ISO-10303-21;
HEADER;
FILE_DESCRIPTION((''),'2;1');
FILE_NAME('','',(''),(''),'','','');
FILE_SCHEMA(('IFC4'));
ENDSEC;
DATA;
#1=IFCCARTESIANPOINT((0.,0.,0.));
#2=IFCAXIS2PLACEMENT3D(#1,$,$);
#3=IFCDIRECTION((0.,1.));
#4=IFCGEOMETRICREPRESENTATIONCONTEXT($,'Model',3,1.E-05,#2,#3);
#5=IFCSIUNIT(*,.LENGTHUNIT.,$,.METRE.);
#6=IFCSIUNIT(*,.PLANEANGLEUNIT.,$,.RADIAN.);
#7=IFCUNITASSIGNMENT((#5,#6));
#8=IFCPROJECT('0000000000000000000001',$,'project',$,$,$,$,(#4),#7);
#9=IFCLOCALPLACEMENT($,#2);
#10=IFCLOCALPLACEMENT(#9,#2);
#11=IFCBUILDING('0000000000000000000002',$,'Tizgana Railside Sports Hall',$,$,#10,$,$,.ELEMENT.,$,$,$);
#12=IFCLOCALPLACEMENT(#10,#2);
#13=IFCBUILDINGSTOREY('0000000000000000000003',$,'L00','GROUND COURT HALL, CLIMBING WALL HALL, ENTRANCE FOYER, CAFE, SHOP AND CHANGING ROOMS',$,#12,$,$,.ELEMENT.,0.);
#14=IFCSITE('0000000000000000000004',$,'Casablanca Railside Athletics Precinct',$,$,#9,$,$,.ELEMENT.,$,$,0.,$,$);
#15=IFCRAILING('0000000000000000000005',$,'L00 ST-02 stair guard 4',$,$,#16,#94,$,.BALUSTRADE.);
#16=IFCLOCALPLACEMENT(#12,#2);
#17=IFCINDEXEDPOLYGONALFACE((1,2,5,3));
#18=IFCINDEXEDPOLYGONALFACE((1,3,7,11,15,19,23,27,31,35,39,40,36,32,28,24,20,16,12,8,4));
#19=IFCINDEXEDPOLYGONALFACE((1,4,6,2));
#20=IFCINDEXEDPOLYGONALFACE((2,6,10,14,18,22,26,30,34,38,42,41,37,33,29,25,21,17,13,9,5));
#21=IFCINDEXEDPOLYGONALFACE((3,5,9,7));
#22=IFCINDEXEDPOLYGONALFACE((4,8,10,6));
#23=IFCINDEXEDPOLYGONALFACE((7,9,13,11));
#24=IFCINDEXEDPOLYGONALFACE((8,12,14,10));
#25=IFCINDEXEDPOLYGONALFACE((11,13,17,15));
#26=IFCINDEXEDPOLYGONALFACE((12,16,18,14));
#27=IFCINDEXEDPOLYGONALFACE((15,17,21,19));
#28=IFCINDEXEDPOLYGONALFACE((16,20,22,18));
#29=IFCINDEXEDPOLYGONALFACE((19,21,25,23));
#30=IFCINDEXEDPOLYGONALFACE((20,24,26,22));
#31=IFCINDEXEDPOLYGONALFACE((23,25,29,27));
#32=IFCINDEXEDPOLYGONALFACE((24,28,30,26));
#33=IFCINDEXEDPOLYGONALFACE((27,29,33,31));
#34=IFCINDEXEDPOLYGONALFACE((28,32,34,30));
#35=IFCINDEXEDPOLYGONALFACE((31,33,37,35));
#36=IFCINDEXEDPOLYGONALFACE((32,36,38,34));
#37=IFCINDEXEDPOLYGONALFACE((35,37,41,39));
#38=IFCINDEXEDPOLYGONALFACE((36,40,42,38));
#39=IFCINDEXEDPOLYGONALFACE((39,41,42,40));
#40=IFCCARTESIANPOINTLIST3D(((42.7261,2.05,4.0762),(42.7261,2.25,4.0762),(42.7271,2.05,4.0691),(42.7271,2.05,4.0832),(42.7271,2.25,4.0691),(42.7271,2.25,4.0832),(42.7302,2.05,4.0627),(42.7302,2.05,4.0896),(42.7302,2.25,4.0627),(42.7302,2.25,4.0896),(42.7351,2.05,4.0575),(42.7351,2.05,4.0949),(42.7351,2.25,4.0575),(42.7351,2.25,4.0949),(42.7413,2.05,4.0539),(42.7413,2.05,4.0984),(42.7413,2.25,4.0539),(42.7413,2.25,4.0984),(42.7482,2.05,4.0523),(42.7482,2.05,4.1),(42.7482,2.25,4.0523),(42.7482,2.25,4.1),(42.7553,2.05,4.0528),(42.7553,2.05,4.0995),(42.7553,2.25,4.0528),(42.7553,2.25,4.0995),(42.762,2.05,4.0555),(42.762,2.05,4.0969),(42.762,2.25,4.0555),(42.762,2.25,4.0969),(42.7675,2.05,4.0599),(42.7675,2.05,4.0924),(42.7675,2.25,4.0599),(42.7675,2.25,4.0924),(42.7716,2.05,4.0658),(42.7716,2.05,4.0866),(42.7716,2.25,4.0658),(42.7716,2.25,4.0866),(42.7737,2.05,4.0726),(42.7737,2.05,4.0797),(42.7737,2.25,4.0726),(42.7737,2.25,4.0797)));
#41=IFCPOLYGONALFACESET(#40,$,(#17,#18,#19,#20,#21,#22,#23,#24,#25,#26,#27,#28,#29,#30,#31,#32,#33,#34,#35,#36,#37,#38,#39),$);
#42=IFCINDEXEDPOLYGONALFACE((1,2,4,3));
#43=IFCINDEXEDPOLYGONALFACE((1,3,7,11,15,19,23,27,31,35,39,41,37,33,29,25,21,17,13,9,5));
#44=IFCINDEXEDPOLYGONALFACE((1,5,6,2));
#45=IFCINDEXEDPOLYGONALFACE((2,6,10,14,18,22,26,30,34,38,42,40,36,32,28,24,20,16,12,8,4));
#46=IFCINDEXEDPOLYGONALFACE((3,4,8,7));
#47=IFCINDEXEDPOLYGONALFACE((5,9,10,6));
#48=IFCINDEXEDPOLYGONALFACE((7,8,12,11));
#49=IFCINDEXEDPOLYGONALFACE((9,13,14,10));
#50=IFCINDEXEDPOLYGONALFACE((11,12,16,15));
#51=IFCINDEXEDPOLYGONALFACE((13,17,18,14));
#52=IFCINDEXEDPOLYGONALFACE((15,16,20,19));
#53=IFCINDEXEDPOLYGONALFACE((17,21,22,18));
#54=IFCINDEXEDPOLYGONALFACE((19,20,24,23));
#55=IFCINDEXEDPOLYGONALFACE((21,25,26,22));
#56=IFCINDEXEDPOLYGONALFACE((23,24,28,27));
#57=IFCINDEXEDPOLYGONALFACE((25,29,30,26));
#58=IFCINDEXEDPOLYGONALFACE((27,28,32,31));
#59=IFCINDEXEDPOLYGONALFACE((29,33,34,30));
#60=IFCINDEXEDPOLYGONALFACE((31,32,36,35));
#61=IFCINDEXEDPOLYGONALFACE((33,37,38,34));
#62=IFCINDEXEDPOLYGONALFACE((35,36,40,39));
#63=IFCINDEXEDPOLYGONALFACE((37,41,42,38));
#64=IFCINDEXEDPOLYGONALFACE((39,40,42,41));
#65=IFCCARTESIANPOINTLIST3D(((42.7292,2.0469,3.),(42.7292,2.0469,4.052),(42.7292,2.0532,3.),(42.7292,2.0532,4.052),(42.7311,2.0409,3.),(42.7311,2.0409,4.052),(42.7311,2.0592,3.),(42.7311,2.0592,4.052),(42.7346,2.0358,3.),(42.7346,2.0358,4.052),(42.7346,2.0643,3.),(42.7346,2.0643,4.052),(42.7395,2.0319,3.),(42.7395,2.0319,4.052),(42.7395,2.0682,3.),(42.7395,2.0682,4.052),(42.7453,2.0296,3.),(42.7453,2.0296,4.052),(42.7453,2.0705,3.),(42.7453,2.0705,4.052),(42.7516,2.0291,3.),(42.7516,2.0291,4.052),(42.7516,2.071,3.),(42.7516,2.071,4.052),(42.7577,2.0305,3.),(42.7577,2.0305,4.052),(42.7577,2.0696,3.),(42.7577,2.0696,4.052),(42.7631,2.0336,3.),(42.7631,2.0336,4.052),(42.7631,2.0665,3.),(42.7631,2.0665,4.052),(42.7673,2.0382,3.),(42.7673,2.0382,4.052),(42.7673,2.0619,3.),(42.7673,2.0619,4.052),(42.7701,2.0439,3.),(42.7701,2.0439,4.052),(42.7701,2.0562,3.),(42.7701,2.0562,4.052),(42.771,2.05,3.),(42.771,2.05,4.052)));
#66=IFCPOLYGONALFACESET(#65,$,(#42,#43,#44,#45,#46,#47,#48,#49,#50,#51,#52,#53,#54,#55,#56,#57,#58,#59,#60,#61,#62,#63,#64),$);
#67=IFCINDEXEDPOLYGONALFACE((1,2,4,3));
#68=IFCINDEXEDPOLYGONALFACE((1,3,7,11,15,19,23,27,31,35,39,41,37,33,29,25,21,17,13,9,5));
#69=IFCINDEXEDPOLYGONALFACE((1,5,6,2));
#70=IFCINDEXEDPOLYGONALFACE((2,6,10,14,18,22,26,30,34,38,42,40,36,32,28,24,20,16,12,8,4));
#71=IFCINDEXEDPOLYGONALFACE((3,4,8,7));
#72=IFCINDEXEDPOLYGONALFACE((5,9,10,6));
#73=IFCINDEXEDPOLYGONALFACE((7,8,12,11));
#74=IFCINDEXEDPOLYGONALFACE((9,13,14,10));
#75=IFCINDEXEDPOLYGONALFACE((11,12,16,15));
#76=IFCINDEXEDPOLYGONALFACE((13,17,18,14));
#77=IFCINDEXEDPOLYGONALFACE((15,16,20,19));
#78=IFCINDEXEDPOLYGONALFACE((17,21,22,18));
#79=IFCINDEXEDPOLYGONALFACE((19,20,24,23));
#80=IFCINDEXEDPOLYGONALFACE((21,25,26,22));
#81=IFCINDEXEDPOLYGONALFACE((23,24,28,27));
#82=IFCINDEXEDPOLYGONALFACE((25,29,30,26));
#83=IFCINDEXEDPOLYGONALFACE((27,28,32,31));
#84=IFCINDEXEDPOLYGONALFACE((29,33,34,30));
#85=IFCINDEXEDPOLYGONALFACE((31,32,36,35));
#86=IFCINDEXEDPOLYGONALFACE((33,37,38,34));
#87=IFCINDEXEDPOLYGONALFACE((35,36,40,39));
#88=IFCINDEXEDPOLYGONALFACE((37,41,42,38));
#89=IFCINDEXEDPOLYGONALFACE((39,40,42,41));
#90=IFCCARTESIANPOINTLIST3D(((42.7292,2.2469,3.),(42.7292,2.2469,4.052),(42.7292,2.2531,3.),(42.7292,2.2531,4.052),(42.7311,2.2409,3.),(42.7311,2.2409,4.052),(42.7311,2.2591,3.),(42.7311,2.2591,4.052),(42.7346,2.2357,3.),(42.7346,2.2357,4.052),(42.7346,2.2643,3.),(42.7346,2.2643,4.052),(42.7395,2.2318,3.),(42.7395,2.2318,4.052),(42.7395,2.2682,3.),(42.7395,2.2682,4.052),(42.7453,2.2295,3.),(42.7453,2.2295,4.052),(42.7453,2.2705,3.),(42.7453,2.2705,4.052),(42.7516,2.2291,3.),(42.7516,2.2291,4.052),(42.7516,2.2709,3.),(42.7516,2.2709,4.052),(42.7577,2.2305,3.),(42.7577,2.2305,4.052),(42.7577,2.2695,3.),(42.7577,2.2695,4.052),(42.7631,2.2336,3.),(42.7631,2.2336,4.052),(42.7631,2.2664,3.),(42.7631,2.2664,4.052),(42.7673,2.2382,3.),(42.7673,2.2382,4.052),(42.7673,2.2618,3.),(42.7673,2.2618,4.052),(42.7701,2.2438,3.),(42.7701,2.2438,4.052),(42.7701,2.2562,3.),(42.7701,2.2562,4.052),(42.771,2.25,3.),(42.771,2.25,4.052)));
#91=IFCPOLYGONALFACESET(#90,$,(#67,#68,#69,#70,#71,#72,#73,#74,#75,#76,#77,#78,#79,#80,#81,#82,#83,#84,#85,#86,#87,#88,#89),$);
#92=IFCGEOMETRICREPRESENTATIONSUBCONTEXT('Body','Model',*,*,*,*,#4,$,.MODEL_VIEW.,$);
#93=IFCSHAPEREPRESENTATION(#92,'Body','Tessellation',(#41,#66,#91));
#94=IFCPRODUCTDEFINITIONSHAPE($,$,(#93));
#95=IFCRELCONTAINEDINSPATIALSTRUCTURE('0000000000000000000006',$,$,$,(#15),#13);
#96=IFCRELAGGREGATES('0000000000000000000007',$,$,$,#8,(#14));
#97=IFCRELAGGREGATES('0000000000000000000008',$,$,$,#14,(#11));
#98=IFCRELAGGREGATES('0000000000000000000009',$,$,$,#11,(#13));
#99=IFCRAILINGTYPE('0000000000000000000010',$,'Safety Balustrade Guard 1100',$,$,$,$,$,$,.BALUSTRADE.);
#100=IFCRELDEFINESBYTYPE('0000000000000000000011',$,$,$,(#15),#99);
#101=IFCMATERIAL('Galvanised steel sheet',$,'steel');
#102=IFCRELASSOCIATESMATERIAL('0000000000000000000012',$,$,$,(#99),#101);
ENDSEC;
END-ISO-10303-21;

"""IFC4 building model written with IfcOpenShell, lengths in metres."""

from ifc_helpers import new_model, si_unit, direction, frame, origin, origin_2d, place, context, subcontext, project, spatial, circle, extrude, material, type_object, element, save


model = new_model("IFC4")

# Units and contexts
model_context = context("Model", 3, precision=1e-05, world=origin(), true_north=direction((0.0, 1.0)))
body_context = subcontext(model_context, "Body", "Model", "MODEL_VIEW")
ifc_project = project(units=[si_unit("LENGTHUNIT", "METRE"), si_unit("PLANEANGLEUNIT", "RADIAN")], contexts=[model_context])

# Site, building, storey
site_placement = place(None, origin())
site = spatial("IfcSite", under=ifc_project, at=site_placement, Name="Casablanca Railside Athletics Precinct", CompositionType="ELEMENT", RefElevation=0.0)
building_placement = place(site_placement, origin())
building = spatial("IfcBuilding", under=site, at=building_placement, Name="Tizgana Railside Sports Hall", CompositionType="ELEMENT")
storey_placement = place(building_placement, origin())
storey = spatial("IfcBuildingStorey", under=building, at=storey_placement, Name="L00", Description="GROUND COURT HALL, CLIMBING WALL HALL, ENTRANCE FOYER, CAFE, SHOP AND CHANGING ROOMS", CompositionType="ELEMENT", Elevation=0.0)

# Railing
ifc_material_1 = material(Name="Galvanised steel sheet", Category="steel")
railing_type_1 = type_object("IfcRailingType", Name="Safety Balustrade Guard 1100", PredefinedType="BALUSTRADE", material=ifc_material_1)
railing_1_placement = place(storey_placement, frame((42.75, 2.05, 3.0)))
element("IfcRailing", 1, at=railing_1_placement, inside=storey, type_object=railing_type_1, Name="L00 ST-02 stair guard 4", PredefinedType="BALUSTRADE", context=body_context, shape_type="SweptSolid", body=[
    extrude(circle(Radius=0.0239, at=origin_2d()), frame((0.0, 0.0, 1.0762), z_axis=(0.0, 1.0, 0.0), x_axis=(-1.0, 0.0, 0.0)), (0.0, 0.0, 1.0), 0.2),
    extrude(circle(Radius=0.021, at=origin_2d()), origin(), (0.0, 0.0, 1.0), 1.052),
    extrude(circle(Radius=0.021, at=origin_2d()), frame((0.0, 0.2, 0.0)), (0.0, 0.0, 1.0), 1.052),
])

save(model, "model.ifc")
